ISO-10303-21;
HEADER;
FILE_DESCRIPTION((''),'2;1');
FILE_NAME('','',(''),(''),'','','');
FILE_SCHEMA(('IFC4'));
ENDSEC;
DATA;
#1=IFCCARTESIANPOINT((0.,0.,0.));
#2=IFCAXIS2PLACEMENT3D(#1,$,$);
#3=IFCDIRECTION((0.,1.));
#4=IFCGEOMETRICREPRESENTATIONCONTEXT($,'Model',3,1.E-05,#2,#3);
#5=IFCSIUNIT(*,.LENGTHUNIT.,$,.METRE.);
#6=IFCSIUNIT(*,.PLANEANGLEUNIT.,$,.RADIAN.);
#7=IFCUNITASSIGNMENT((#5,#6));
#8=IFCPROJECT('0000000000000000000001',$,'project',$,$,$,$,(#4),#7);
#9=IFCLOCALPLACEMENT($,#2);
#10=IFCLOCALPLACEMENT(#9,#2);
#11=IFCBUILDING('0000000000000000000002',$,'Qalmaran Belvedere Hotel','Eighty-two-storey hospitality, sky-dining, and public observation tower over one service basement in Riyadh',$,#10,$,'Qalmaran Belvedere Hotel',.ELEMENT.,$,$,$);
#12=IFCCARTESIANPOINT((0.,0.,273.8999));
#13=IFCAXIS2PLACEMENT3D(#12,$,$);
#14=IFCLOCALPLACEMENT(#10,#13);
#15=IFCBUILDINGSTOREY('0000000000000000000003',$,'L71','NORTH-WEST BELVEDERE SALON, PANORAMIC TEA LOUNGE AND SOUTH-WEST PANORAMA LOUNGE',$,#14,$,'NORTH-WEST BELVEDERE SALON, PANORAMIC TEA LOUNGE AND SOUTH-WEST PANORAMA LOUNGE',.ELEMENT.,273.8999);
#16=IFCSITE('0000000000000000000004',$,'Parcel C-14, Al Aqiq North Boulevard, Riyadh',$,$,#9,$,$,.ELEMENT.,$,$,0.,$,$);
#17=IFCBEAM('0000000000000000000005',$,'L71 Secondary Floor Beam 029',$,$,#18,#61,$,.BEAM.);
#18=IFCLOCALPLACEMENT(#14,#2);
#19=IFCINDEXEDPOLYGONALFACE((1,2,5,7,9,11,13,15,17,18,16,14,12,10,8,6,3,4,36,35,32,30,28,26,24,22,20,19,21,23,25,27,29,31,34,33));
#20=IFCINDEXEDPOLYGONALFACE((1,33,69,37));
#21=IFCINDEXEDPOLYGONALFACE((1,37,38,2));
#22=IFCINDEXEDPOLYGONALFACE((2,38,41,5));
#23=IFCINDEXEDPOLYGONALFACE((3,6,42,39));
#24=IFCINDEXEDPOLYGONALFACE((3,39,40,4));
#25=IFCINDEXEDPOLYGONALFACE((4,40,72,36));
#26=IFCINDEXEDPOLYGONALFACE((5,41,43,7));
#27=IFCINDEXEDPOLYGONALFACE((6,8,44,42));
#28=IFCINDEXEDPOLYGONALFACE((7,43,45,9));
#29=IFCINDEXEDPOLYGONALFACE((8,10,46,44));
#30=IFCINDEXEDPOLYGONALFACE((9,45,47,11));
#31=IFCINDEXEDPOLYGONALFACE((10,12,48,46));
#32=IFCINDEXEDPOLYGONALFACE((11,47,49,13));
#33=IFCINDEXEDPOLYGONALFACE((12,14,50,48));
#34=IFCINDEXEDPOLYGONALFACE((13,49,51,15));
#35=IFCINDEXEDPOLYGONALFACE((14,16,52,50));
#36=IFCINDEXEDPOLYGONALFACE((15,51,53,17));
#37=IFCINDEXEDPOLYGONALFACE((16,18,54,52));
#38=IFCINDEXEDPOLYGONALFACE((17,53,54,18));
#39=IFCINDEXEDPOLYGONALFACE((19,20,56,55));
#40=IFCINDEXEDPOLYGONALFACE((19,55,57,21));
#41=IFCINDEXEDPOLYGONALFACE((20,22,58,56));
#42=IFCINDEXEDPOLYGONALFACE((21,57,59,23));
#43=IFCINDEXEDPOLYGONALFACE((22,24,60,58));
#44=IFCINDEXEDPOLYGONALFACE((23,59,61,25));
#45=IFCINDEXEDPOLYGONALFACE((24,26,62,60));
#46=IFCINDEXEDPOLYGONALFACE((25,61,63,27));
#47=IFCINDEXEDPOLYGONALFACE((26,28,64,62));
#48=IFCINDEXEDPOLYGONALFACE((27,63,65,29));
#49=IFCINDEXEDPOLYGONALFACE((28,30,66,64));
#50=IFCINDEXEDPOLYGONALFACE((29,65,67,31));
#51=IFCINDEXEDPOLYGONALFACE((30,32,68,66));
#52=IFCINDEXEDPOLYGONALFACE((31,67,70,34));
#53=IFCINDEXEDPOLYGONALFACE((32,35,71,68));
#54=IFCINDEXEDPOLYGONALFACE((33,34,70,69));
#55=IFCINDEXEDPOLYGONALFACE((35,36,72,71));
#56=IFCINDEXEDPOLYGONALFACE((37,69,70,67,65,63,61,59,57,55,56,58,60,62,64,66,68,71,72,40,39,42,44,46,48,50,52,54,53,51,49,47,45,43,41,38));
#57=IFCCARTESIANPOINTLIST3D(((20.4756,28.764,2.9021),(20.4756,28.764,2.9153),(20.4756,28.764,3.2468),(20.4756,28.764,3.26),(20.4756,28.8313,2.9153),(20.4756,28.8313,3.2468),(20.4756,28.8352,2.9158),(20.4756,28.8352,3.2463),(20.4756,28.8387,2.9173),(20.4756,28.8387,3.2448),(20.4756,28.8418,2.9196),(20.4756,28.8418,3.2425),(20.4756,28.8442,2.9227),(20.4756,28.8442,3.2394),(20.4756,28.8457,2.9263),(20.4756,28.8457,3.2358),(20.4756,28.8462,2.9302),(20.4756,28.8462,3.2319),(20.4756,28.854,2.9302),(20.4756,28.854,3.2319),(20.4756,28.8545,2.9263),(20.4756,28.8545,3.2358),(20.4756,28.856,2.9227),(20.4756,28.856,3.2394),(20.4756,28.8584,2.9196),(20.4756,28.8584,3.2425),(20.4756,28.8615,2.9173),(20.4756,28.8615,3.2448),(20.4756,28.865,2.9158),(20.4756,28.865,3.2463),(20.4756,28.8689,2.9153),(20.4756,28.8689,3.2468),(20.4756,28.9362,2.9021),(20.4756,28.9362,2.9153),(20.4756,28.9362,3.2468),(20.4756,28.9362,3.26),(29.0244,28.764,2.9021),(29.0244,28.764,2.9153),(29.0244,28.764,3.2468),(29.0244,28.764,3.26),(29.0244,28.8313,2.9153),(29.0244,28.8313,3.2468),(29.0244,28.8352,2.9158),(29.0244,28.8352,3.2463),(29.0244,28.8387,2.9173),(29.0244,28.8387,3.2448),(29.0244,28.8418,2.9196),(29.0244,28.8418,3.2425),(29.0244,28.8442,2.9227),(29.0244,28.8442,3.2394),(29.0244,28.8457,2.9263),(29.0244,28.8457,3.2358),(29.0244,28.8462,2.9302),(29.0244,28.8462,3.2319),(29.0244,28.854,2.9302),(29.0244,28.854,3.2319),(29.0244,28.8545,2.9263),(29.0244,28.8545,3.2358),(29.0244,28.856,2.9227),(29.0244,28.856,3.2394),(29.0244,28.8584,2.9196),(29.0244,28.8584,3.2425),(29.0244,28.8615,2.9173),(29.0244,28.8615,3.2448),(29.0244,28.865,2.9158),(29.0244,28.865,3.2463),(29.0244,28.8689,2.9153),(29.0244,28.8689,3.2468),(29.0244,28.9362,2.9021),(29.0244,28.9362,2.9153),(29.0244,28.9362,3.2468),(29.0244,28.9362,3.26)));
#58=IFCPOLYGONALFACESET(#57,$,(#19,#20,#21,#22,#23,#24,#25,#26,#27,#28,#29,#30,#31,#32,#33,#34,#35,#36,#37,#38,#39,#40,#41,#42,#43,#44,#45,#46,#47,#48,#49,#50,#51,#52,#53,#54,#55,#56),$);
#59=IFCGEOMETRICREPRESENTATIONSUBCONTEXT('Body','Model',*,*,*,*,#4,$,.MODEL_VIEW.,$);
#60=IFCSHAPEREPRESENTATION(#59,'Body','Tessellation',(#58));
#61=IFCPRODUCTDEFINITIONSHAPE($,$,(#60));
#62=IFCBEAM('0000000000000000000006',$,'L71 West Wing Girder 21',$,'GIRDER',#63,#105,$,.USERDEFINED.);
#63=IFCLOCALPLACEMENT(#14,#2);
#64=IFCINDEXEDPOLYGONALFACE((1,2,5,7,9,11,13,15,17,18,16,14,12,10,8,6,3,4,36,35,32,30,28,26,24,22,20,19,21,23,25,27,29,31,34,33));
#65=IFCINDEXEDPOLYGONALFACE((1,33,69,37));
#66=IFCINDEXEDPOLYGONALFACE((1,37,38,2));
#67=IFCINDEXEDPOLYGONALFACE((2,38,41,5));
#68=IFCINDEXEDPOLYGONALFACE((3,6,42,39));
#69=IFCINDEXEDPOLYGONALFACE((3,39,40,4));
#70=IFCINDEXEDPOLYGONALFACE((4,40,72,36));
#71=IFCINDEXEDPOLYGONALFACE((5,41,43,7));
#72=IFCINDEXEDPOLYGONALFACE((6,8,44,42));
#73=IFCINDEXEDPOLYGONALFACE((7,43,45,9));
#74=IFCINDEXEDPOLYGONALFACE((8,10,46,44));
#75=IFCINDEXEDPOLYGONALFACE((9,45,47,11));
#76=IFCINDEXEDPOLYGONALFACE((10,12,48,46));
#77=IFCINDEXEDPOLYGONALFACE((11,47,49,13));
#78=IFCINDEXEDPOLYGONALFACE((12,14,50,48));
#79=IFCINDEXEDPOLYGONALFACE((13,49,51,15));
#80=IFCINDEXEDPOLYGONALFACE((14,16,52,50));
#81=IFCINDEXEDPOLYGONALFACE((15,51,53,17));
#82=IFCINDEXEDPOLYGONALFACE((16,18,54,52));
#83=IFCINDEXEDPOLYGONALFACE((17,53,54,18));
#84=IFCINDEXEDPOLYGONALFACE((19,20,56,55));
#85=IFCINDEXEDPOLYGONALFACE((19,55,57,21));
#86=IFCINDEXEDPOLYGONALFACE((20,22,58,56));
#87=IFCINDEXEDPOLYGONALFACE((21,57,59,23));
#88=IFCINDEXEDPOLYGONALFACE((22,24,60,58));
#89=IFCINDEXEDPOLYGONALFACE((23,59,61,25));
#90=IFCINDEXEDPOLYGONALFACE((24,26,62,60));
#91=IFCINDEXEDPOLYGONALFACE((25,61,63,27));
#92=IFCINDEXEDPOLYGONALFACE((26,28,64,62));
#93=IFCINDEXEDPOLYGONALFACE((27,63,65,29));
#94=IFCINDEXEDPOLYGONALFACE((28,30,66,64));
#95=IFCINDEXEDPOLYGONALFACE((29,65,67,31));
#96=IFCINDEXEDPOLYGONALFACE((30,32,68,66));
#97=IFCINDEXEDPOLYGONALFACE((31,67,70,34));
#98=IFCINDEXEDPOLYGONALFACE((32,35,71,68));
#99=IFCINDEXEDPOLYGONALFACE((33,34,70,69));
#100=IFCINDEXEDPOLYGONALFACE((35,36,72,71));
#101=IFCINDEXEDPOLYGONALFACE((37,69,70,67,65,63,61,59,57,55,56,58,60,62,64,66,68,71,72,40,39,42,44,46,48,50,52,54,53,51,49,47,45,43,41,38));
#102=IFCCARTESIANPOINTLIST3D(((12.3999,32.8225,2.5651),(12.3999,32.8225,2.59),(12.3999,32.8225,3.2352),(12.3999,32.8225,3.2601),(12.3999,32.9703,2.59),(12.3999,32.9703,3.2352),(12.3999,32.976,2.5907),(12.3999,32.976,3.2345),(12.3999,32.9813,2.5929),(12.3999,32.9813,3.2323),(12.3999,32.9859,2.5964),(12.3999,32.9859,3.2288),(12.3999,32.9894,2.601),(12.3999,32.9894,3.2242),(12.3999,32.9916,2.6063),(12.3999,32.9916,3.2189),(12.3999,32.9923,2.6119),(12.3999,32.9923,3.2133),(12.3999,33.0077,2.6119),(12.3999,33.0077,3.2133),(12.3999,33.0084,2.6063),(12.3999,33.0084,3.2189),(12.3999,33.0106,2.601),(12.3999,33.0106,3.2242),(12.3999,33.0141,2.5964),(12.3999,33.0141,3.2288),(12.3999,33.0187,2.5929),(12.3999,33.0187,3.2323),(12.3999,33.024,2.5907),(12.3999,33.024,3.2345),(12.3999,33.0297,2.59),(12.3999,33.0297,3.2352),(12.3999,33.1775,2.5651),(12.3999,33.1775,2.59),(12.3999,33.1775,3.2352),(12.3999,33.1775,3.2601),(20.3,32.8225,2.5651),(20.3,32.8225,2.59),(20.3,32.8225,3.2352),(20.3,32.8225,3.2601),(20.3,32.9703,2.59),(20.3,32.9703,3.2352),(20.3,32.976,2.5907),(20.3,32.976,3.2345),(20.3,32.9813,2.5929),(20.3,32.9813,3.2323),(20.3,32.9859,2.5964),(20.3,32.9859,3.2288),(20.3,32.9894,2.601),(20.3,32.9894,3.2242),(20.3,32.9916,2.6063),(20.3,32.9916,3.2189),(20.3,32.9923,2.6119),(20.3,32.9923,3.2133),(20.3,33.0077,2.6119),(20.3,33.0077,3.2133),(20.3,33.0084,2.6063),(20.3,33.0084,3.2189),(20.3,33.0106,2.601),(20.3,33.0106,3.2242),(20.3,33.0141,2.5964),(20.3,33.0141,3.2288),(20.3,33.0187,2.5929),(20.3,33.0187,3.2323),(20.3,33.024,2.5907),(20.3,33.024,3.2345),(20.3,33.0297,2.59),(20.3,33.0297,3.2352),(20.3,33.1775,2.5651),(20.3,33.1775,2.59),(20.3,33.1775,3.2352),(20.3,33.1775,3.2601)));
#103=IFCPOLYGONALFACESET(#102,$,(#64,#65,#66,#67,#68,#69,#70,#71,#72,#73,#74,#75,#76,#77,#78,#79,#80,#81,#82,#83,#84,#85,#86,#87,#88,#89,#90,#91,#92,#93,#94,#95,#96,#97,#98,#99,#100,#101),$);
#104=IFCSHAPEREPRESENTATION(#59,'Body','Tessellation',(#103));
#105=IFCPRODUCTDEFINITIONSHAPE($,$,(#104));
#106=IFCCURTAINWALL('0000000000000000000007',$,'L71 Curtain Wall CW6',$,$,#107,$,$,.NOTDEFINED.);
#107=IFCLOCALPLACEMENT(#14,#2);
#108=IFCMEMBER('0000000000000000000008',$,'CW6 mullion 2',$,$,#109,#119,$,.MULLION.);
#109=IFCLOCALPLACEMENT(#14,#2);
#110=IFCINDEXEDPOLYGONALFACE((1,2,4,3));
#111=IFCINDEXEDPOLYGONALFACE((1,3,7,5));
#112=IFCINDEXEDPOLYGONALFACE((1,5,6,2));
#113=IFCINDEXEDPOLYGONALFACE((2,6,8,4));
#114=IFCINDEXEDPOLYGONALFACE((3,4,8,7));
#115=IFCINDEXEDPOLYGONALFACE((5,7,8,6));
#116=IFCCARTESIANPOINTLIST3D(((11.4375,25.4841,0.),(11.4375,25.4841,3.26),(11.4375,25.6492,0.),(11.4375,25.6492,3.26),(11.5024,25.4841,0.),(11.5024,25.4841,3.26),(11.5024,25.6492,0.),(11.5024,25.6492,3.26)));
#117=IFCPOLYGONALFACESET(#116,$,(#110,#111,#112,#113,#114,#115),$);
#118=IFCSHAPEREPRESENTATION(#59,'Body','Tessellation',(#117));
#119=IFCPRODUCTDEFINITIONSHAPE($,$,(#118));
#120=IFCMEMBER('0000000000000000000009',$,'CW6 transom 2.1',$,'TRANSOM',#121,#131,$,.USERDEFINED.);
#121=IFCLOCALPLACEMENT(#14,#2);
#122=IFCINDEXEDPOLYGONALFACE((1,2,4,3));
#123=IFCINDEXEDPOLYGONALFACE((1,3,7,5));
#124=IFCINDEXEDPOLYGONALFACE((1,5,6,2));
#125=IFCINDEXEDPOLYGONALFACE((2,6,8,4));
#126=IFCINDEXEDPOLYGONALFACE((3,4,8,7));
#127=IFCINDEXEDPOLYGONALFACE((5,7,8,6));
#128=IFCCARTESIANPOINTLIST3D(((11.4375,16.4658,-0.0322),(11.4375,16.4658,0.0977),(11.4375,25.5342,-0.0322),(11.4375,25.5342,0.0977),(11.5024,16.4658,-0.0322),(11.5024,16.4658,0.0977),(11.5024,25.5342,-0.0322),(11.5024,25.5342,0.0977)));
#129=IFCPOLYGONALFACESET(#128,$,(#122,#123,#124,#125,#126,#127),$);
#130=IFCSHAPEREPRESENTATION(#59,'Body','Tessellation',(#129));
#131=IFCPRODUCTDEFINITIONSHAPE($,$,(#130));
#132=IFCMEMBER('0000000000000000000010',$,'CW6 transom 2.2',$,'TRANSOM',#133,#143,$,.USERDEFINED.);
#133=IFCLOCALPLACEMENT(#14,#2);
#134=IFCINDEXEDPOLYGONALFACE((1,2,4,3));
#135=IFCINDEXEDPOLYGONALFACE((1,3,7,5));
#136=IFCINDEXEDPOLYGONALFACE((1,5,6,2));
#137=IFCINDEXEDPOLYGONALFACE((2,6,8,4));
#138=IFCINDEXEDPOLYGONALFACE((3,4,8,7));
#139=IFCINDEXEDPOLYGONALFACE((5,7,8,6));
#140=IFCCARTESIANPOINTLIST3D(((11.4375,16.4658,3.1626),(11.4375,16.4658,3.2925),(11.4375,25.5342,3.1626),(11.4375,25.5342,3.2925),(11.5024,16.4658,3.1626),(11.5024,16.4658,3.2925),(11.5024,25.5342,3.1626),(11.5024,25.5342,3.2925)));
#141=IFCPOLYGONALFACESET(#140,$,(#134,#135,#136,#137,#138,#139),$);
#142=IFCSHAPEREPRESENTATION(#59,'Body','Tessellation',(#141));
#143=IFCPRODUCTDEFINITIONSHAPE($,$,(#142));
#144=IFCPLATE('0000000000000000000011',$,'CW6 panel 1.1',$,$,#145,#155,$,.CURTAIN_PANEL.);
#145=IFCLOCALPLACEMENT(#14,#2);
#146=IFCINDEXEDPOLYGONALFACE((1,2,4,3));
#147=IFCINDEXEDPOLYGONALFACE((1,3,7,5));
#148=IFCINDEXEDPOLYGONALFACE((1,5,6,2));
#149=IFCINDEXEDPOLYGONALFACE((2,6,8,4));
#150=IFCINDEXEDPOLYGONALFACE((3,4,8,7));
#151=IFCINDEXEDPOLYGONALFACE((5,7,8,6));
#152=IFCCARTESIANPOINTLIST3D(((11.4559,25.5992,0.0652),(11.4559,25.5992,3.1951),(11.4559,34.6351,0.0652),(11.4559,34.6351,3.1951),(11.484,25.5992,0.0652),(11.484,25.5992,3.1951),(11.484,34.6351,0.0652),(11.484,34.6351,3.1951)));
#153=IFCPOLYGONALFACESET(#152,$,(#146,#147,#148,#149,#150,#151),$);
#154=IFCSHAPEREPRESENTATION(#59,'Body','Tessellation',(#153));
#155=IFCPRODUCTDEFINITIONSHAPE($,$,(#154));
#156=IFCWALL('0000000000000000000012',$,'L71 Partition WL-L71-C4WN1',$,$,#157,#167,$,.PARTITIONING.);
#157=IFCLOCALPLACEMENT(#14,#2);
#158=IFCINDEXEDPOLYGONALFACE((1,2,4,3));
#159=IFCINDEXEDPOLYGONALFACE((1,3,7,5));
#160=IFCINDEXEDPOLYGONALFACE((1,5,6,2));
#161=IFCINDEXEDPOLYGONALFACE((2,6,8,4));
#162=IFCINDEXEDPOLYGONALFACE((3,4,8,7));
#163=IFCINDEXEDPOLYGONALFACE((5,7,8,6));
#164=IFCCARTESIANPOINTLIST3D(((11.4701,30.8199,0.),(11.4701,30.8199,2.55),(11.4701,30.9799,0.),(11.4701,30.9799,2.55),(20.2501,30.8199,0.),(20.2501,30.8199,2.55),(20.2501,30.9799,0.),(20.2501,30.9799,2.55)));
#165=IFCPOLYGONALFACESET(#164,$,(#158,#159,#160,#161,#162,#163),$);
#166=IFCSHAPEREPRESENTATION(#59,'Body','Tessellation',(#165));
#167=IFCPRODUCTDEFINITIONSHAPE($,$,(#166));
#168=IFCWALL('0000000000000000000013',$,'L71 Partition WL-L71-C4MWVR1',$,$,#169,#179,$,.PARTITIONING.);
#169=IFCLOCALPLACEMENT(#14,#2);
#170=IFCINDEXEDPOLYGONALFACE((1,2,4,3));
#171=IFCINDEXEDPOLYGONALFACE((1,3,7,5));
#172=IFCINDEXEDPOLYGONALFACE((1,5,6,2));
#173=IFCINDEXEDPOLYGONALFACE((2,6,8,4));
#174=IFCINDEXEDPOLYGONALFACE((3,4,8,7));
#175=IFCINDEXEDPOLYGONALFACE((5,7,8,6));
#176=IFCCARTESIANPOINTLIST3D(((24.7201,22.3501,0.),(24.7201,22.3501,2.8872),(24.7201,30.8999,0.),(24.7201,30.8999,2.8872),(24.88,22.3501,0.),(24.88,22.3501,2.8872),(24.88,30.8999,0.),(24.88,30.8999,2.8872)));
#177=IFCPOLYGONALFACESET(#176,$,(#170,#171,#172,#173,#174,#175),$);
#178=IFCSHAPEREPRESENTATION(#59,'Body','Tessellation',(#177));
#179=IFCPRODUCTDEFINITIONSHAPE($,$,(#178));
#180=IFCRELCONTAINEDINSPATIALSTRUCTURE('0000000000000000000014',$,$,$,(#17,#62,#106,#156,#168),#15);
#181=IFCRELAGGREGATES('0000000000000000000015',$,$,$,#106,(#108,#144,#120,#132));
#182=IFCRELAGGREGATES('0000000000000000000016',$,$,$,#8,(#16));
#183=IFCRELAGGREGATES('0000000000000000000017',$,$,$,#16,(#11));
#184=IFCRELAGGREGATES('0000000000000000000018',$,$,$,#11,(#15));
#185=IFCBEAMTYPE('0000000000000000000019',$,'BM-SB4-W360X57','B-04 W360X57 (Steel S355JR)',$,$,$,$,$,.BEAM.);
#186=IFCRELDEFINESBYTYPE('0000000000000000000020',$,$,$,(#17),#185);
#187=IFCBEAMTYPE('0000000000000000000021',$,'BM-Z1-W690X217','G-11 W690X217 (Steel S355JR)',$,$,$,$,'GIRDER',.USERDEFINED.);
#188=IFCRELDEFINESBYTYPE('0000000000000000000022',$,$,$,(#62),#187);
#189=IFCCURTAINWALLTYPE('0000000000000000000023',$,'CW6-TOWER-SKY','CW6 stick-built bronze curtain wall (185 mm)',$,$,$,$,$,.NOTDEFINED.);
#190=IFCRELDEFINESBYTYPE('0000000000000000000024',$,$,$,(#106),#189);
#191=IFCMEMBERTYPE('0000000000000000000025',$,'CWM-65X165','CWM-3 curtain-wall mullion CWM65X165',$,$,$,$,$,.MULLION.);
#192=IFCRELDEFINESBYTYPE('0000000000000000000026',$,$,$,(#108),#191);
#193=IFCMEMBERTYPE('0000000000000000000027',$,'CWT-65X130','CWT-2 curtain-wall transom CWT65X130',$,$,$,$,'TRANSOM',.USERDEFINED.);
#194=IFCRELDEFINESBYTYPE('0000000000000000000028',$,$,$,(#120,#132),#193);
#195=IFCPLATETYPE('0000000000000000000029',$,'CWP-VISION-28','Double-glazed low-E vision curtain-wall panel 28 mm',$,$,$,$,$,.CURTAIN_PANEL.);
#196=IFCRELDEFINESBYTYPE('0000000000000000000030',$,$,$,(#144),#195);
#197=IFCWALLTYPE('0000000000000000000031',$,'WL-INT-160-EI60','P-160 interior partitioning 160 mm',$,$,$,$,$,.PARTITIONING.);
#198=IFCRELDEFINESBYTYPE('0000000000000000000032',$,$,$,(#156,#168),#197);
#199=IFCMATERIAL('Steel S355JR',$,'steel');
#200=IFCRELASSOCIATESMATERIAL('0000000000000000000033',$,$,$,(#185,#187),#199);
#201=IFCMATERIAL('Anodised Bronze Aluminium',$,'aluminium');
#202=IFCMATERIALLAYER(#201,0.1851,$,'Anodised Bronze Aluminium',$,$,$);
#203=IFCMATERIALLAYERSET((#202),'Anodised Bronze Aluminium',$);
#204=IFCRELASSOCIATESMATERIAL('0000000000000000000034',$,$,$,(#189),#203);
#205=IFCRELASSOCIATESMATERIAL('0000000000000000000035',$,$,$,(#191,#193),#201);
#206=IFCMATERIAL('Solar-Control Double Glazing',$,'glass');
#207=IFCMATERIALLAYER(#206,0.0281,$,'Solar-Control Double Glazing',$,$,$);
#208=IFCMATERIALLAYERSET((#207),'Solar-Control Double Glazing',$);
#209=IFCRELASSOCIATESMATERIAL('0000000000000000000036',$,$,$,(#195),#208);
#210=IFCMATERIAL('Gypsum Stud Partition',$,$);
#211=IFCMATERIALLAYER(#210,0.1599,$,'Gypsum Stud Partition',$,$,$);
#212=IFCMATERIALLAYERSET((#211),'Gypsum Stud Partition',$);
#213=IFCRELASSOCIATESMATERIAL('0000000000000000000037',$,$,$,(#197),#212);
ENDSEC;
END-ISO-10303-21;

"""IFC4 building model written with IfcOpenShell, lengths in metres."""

from ifc_helpers import new_model, si_unit, direction, frame, frame_2d, origin, origin_2d, place, context, subcontext, project, spatial, rectangle, i_section, extrude, material, layer, layer_set, material_profile, profile_set, type_object, element, aggregate, save


model = new_model("IFC4")

# Units and contexts
model_context = context("Model", 3, precision=1e-05, world=origin(), true_north=direction((0.0, 1.0)))
body_context = subcontext(model_context, "Body", "Model", "MODEL_VIEW")
ifc_project = project(units=[si_unit("LENGTHUNIT", "METRE"), si_unit("PLANEANGLEUNIT", "RADIAN")], contexts=[model_context])

# Site, building, storey
site_placement = place(None, origin())
site = spatial("IfcSite", under=ifc_project, at=site_placement, Name="Parcel C-14, Al Aqiq North Boulevard, Riyadh", CompositionType="ELEMENT", RefElevation=0.0)
building_placement = place(site_placement, origin())
building = spatial("IfcBuilding", under=site, at=building_placement, Name="Qalmaran Belvedere Hotel", Description="Eighty-two-storey hospitality, sky-dining, and public observation tower over one service basement in Riyadh", LongName="Qalmaran Belvedere Hotel", CompositionType="ELEMENT")
storey_placement = place(building_placement, frame((0.0, 0.0, 273.8999)))
storey = spatial("IfcBuildingStorey", under=building, at=storey_placement, Name="L71", Description="NORTH-WEST BELVEDERE SALON, PANORAMIC TEA LOUNGE AND SOUTH-WEST PANORAMA LOUNGE", LongName="NORTH-WEST BELVEDERE SALON, PANORAMIC TEA LOUNGE AND SOUTH-WEST PANORAMA LOUNGE", CompositionType="ELEMENT", Elevation=273.8999)

# Beams
ifc_material_1 = material(Name="Steel S355JR", Category="steel")
ifc_material_profile_1 = material_profile(ifc_material_1, i_section(OverallWidth=0.1721, OverallDepth=0.3579, WebThickness=0.0078, FlangeThickness=0.0132, FilletRadius=0.0149, at=origin_2d()), Name="W360X57")
ifc_profile_set_1 = profile_set([ifc_material_profile_1], Name="Steel S355JR")
beam_type_1 = type_object("IfcBeamType", Name="BM-SB4-W360X57", Description="B-04 W360X57 (Steel S355JR)", PredefinedType="BEAM", material=ifc_profile_set_1)
beam_1_placement = place(storey_placement, frame((20.4756, 28.8501, 3.0811), z_axis=(1.0, 0.0, 0.0), x_axis=(0.0, 1.0, 0.0)))
element("IfcBeam", 1, at=beam_1_placement, inside=storey, type_object=beam_type_1, Name="L71 Secondary Floor Beam 029", PredefinedType="BEAM", context=body_context, shape_type="SweptSolid", body=[
    extrude(i_section(OverallWidth=0.1721, OverallDepth=0.3579, WebThickness=0.0078, FlangeThickness=0.0132, FilletRadius=0.0149, at=origin_2d()), origin(), (0.0, 0.0, 1.0), 8.5488),
])
ifc_material_profile_2 = material_profile(ifc_material_1, i_section(OverallWidth=0.355, OverallDepth=0.6951, WebThickness=0.0154, FlangeThickness=0.0249, FilletRadius=0.022, at=origin_2d()), Name="W690X217")
ifc_profile_set_2 = profile_set([ifc_material_profile_2], Name="Steel S355JR")
beam_type_2 = type_object("IfcBeamType", Name="BM-Z1-W690X217", Description="G-11 W690X217 (Steel S355JR)", ElementType="GIRDER", PredefinedType="USERDEFINED", material=ifc_profile_set_2)
beam_2_placement = place(storey_placement, frame((12.3999, 33.0, 2.9126), z_axis=(1.0, 0.0, 0.0), x_axis=(0.0, 1.0, 0.0)))
element("IfcBeam", 2, at=beam_2_placement, inside=storey, type_object=beam_type_2, Name="L71 West Wing Girder 21", ObjectType="GIRDER", PredefinedType="USERDEFINED", context=body_context, shape_type="SweptSolid", body=[
    extrude(i_section(OverallWidth=0.355, OverallDepth=0.6951, WebThickness=0.0154, FlangeThickness=0.0249, FilletRadius=0.022, at=origin_2d()), origin(), (0.0, 0.0, 1.0), 7.9001),
])

# Curtain wall, members, plate
ifc_material_2 = material(Name="Anodised Bronze Aluminium", Category="aluminium")
ifc_layer_1 = layer(ifc_material_2, 0.1851, Name="Anodised Bronze Aluminium")
ifc_layer_set_1 = layer_set([ifc_layer_1], Name="Anodised Bronze Aluminium")
curtain_wall_type = type_object("IfcCurtainWallType", Name="CW6-TOWER-SKY", Description="CW6 stick-built bronze curtain wall (185 mm)", PredefinedType="NOTDEFINED", material=ifc_layer_set_1)
curtain_wall_placement = place(storey_placement, origin())
curtain_wall = element("IfcCurtainWall", 3, at=curtain_wall_placement, inside=storey, type_object=curtain_wall_type, Name="L71 Curtain Wall CW6", PredefinedType="NOTDEFINED")
ifc_material_profile_3 = material_profile(ifc_material_2, rectangle(XDim=0.0649, YDim=0.165, at=origin_2d()), Name="CWM65X165")
ifc_profile_set_3 = profile_set([ifc_material_profile_3], Name="Anodised Bronze Aluminium")
member_type_1 = type_object("IfcMemberType", Name="CWM-65X165", Description="CWM-3 curtain-wall mullion CWM65X165", PredefinedType="MULLION", material=ifc_profile_set_3)
member_1_placement = place(storey_placement, frame((11.47, 25.5667, 0.0), z_axis=(0.0, 0.0, 1.0), x_axis=(1.0, 0.0, 0.0)))
member_1 = element("IfcMember", 4, at=member_1_placement, type_object=member_type_1, Name="CW6 mullion 2", PredefinedType="MULLION", context=body_context, shape_type="SweptSolid", body=[
    extrude(rectangle(XDim=0.0649, YDim=0.165, at=origin_2d()), origin(), (0.0, 0.0, 1.0), 3.26),
])
ifc_material_profile_4 = material_profile(ifc_material_2, rectangle(XDim=0.0649, YDim=0.1299, at=origin_2d()), Name="CWT65X130")
ifc_profile_set_4 = profile_set([ifc_material_profile_4], Name="Anodised Bronze Aluminium")
member_type_2 = type_object("IfcMemberType", Name="CWT-65X130", Description="CWT-2 curtain-wall transom CWT65X130", ElementType="TRANSOM", PredefinedType="USERDEFINED", material=ifc_profile_set_4)
member_2_placement = place(storey_placement, frame((11.47, 25.5342, 0.0327), z_axis=(0.0, -1.0, 0.0), x_axis=(1.0, 0.0, 0.0)))
member_2 = element("IfcMember", 5, at=member_2_placement, type_object=member_type_2, Name="CW6 transom 2.1", ObjectType="TRANSOM", PredefinedType="USERDEFINED", context=body_context, shape_type="SweptSolid", body=[
    extrude(rectangle(XDim=0.0649, YDim=0.1299, at=origin_2d()), origin(), (0.0, 0.0, 1.0), 9.0684),
])
member_3_placement = place(storey_placement, frame((11.47, 25.5342, 3.2275), z_axis=(0.0, -1.0, 0.0), x_axis=(1.0, 0.0, 0.0)))
member_3 = element("IfcMember", 6, at=member_3_placement, type_object=member_type_2, Name="CW6 transom 2.2", ObjectType="TRANSOM", PredefinedType="USERDEFINED", context=body_context, shape_type="SweptSolid", body=[
    extrude(rectangle(XDim=0.0649, YDim=0.1299, at=origin_2d()), origin(), (0.0, 0.0, 1.0), 9.0684),
])
ifc_material_3 = material(Name="Solar-Control Double Glazing", Category="glass")
ifc_layer_2 = layer(ifc_material_3, 0.0281, Name="Solar-Control Double Glazing")
ifc_layer_set_2 = layer_set([ifc_layer_2], Name="Solar-Control Double Glazing")
plate_type = type_object("IfcPlateType", Name="CWP-VISION-28", Description="Double-glazed low-E vision curtain-wall panel 28 mm", PredefinedType="CURTAIN_PANEL", material=ifc_layer_set_2)
plate_placement = place(storey_placement, frame((11.47, 30.1172, 0.0652), z_axis=(0.0, 0.0, 1.0), x_axis=(0.0, -1.0, 0.0)))
plate = element("IfcPlate", 7, at=plate_placement, type_object=plate_type, Name="CW6 panel 1.1", PredefinedType="CURTAIN_PANEL", context=body_context, shape_type="SweptSolid", body=[
    extrude(rectangle(XDim=9.0359, YDim=0.0281, at=origin_2d()), origin(), (0.0, 0.0, 1.0), 3.1299),
])
aggregate(curtain_wall, [member_1, plate, member_2, member_3])

# Walls
ifc_material_4 = material(Name="Gypsum Stud Partition")
ifc_layer_3 = layer(ifc_material_4, 0.1599, Name="Gypsum Stud Partition")
ifc_layer_set_3 = layer_set([ifc_layer_3], Name="Gypsum Stud Partition")
wall_type_1 = type_object("IfcWallType", Name="WL-INT-160-EI60", Description="P-160 interior partitioning 160 mm", PredefinedType="PARTITIONING", material=ifc_layer_set_3)
wall_1_placement = place(storey_placement, frame((11.47, 30.8999, 0.0), z_axis=(0.0, 0.0, 1.0), x_axis=(1.0, 0.0, 0.0)))
element("IfcWall", 8, at=wall_1_placement, inside=storey, type_object=wall_type_1, Name="L71 Partition WL-L71-C4WN1", PredefinedType="PARTITIONING", context=body_context, shape_type="SweptSolid", body=[
    extrude(rectangle(XDim=8.78, YDim=0.1599, at=frame_2d((4.3901, 0.0))), origin(), (0.0, 0.0, 1.0), 2.55),
])
wall_2_placement = place(storey_placement, frame((24.8, 22.3501, 0.0), z_axis=(0.0, 0.0, 1.0), x_axis=(0.0, 1.0, 0.0)))
element("IfcWall", 9, at=wall_2_placement, inside=storey, type_object=wall_type_1, Name="L71 Partition WL-L71-C4MWVR1", PredefinedType="PARTITIONING", context=body_context, shape_type="SweptSolid", body=[
    extrude(rectangle(XDim=8.5498, YDim=0.1599, at=frame_2d((4.2749, 0.0))), origin(), (0.0, 0.0, 1.0), 2.8872),
])

save(model, "model.ifc")
